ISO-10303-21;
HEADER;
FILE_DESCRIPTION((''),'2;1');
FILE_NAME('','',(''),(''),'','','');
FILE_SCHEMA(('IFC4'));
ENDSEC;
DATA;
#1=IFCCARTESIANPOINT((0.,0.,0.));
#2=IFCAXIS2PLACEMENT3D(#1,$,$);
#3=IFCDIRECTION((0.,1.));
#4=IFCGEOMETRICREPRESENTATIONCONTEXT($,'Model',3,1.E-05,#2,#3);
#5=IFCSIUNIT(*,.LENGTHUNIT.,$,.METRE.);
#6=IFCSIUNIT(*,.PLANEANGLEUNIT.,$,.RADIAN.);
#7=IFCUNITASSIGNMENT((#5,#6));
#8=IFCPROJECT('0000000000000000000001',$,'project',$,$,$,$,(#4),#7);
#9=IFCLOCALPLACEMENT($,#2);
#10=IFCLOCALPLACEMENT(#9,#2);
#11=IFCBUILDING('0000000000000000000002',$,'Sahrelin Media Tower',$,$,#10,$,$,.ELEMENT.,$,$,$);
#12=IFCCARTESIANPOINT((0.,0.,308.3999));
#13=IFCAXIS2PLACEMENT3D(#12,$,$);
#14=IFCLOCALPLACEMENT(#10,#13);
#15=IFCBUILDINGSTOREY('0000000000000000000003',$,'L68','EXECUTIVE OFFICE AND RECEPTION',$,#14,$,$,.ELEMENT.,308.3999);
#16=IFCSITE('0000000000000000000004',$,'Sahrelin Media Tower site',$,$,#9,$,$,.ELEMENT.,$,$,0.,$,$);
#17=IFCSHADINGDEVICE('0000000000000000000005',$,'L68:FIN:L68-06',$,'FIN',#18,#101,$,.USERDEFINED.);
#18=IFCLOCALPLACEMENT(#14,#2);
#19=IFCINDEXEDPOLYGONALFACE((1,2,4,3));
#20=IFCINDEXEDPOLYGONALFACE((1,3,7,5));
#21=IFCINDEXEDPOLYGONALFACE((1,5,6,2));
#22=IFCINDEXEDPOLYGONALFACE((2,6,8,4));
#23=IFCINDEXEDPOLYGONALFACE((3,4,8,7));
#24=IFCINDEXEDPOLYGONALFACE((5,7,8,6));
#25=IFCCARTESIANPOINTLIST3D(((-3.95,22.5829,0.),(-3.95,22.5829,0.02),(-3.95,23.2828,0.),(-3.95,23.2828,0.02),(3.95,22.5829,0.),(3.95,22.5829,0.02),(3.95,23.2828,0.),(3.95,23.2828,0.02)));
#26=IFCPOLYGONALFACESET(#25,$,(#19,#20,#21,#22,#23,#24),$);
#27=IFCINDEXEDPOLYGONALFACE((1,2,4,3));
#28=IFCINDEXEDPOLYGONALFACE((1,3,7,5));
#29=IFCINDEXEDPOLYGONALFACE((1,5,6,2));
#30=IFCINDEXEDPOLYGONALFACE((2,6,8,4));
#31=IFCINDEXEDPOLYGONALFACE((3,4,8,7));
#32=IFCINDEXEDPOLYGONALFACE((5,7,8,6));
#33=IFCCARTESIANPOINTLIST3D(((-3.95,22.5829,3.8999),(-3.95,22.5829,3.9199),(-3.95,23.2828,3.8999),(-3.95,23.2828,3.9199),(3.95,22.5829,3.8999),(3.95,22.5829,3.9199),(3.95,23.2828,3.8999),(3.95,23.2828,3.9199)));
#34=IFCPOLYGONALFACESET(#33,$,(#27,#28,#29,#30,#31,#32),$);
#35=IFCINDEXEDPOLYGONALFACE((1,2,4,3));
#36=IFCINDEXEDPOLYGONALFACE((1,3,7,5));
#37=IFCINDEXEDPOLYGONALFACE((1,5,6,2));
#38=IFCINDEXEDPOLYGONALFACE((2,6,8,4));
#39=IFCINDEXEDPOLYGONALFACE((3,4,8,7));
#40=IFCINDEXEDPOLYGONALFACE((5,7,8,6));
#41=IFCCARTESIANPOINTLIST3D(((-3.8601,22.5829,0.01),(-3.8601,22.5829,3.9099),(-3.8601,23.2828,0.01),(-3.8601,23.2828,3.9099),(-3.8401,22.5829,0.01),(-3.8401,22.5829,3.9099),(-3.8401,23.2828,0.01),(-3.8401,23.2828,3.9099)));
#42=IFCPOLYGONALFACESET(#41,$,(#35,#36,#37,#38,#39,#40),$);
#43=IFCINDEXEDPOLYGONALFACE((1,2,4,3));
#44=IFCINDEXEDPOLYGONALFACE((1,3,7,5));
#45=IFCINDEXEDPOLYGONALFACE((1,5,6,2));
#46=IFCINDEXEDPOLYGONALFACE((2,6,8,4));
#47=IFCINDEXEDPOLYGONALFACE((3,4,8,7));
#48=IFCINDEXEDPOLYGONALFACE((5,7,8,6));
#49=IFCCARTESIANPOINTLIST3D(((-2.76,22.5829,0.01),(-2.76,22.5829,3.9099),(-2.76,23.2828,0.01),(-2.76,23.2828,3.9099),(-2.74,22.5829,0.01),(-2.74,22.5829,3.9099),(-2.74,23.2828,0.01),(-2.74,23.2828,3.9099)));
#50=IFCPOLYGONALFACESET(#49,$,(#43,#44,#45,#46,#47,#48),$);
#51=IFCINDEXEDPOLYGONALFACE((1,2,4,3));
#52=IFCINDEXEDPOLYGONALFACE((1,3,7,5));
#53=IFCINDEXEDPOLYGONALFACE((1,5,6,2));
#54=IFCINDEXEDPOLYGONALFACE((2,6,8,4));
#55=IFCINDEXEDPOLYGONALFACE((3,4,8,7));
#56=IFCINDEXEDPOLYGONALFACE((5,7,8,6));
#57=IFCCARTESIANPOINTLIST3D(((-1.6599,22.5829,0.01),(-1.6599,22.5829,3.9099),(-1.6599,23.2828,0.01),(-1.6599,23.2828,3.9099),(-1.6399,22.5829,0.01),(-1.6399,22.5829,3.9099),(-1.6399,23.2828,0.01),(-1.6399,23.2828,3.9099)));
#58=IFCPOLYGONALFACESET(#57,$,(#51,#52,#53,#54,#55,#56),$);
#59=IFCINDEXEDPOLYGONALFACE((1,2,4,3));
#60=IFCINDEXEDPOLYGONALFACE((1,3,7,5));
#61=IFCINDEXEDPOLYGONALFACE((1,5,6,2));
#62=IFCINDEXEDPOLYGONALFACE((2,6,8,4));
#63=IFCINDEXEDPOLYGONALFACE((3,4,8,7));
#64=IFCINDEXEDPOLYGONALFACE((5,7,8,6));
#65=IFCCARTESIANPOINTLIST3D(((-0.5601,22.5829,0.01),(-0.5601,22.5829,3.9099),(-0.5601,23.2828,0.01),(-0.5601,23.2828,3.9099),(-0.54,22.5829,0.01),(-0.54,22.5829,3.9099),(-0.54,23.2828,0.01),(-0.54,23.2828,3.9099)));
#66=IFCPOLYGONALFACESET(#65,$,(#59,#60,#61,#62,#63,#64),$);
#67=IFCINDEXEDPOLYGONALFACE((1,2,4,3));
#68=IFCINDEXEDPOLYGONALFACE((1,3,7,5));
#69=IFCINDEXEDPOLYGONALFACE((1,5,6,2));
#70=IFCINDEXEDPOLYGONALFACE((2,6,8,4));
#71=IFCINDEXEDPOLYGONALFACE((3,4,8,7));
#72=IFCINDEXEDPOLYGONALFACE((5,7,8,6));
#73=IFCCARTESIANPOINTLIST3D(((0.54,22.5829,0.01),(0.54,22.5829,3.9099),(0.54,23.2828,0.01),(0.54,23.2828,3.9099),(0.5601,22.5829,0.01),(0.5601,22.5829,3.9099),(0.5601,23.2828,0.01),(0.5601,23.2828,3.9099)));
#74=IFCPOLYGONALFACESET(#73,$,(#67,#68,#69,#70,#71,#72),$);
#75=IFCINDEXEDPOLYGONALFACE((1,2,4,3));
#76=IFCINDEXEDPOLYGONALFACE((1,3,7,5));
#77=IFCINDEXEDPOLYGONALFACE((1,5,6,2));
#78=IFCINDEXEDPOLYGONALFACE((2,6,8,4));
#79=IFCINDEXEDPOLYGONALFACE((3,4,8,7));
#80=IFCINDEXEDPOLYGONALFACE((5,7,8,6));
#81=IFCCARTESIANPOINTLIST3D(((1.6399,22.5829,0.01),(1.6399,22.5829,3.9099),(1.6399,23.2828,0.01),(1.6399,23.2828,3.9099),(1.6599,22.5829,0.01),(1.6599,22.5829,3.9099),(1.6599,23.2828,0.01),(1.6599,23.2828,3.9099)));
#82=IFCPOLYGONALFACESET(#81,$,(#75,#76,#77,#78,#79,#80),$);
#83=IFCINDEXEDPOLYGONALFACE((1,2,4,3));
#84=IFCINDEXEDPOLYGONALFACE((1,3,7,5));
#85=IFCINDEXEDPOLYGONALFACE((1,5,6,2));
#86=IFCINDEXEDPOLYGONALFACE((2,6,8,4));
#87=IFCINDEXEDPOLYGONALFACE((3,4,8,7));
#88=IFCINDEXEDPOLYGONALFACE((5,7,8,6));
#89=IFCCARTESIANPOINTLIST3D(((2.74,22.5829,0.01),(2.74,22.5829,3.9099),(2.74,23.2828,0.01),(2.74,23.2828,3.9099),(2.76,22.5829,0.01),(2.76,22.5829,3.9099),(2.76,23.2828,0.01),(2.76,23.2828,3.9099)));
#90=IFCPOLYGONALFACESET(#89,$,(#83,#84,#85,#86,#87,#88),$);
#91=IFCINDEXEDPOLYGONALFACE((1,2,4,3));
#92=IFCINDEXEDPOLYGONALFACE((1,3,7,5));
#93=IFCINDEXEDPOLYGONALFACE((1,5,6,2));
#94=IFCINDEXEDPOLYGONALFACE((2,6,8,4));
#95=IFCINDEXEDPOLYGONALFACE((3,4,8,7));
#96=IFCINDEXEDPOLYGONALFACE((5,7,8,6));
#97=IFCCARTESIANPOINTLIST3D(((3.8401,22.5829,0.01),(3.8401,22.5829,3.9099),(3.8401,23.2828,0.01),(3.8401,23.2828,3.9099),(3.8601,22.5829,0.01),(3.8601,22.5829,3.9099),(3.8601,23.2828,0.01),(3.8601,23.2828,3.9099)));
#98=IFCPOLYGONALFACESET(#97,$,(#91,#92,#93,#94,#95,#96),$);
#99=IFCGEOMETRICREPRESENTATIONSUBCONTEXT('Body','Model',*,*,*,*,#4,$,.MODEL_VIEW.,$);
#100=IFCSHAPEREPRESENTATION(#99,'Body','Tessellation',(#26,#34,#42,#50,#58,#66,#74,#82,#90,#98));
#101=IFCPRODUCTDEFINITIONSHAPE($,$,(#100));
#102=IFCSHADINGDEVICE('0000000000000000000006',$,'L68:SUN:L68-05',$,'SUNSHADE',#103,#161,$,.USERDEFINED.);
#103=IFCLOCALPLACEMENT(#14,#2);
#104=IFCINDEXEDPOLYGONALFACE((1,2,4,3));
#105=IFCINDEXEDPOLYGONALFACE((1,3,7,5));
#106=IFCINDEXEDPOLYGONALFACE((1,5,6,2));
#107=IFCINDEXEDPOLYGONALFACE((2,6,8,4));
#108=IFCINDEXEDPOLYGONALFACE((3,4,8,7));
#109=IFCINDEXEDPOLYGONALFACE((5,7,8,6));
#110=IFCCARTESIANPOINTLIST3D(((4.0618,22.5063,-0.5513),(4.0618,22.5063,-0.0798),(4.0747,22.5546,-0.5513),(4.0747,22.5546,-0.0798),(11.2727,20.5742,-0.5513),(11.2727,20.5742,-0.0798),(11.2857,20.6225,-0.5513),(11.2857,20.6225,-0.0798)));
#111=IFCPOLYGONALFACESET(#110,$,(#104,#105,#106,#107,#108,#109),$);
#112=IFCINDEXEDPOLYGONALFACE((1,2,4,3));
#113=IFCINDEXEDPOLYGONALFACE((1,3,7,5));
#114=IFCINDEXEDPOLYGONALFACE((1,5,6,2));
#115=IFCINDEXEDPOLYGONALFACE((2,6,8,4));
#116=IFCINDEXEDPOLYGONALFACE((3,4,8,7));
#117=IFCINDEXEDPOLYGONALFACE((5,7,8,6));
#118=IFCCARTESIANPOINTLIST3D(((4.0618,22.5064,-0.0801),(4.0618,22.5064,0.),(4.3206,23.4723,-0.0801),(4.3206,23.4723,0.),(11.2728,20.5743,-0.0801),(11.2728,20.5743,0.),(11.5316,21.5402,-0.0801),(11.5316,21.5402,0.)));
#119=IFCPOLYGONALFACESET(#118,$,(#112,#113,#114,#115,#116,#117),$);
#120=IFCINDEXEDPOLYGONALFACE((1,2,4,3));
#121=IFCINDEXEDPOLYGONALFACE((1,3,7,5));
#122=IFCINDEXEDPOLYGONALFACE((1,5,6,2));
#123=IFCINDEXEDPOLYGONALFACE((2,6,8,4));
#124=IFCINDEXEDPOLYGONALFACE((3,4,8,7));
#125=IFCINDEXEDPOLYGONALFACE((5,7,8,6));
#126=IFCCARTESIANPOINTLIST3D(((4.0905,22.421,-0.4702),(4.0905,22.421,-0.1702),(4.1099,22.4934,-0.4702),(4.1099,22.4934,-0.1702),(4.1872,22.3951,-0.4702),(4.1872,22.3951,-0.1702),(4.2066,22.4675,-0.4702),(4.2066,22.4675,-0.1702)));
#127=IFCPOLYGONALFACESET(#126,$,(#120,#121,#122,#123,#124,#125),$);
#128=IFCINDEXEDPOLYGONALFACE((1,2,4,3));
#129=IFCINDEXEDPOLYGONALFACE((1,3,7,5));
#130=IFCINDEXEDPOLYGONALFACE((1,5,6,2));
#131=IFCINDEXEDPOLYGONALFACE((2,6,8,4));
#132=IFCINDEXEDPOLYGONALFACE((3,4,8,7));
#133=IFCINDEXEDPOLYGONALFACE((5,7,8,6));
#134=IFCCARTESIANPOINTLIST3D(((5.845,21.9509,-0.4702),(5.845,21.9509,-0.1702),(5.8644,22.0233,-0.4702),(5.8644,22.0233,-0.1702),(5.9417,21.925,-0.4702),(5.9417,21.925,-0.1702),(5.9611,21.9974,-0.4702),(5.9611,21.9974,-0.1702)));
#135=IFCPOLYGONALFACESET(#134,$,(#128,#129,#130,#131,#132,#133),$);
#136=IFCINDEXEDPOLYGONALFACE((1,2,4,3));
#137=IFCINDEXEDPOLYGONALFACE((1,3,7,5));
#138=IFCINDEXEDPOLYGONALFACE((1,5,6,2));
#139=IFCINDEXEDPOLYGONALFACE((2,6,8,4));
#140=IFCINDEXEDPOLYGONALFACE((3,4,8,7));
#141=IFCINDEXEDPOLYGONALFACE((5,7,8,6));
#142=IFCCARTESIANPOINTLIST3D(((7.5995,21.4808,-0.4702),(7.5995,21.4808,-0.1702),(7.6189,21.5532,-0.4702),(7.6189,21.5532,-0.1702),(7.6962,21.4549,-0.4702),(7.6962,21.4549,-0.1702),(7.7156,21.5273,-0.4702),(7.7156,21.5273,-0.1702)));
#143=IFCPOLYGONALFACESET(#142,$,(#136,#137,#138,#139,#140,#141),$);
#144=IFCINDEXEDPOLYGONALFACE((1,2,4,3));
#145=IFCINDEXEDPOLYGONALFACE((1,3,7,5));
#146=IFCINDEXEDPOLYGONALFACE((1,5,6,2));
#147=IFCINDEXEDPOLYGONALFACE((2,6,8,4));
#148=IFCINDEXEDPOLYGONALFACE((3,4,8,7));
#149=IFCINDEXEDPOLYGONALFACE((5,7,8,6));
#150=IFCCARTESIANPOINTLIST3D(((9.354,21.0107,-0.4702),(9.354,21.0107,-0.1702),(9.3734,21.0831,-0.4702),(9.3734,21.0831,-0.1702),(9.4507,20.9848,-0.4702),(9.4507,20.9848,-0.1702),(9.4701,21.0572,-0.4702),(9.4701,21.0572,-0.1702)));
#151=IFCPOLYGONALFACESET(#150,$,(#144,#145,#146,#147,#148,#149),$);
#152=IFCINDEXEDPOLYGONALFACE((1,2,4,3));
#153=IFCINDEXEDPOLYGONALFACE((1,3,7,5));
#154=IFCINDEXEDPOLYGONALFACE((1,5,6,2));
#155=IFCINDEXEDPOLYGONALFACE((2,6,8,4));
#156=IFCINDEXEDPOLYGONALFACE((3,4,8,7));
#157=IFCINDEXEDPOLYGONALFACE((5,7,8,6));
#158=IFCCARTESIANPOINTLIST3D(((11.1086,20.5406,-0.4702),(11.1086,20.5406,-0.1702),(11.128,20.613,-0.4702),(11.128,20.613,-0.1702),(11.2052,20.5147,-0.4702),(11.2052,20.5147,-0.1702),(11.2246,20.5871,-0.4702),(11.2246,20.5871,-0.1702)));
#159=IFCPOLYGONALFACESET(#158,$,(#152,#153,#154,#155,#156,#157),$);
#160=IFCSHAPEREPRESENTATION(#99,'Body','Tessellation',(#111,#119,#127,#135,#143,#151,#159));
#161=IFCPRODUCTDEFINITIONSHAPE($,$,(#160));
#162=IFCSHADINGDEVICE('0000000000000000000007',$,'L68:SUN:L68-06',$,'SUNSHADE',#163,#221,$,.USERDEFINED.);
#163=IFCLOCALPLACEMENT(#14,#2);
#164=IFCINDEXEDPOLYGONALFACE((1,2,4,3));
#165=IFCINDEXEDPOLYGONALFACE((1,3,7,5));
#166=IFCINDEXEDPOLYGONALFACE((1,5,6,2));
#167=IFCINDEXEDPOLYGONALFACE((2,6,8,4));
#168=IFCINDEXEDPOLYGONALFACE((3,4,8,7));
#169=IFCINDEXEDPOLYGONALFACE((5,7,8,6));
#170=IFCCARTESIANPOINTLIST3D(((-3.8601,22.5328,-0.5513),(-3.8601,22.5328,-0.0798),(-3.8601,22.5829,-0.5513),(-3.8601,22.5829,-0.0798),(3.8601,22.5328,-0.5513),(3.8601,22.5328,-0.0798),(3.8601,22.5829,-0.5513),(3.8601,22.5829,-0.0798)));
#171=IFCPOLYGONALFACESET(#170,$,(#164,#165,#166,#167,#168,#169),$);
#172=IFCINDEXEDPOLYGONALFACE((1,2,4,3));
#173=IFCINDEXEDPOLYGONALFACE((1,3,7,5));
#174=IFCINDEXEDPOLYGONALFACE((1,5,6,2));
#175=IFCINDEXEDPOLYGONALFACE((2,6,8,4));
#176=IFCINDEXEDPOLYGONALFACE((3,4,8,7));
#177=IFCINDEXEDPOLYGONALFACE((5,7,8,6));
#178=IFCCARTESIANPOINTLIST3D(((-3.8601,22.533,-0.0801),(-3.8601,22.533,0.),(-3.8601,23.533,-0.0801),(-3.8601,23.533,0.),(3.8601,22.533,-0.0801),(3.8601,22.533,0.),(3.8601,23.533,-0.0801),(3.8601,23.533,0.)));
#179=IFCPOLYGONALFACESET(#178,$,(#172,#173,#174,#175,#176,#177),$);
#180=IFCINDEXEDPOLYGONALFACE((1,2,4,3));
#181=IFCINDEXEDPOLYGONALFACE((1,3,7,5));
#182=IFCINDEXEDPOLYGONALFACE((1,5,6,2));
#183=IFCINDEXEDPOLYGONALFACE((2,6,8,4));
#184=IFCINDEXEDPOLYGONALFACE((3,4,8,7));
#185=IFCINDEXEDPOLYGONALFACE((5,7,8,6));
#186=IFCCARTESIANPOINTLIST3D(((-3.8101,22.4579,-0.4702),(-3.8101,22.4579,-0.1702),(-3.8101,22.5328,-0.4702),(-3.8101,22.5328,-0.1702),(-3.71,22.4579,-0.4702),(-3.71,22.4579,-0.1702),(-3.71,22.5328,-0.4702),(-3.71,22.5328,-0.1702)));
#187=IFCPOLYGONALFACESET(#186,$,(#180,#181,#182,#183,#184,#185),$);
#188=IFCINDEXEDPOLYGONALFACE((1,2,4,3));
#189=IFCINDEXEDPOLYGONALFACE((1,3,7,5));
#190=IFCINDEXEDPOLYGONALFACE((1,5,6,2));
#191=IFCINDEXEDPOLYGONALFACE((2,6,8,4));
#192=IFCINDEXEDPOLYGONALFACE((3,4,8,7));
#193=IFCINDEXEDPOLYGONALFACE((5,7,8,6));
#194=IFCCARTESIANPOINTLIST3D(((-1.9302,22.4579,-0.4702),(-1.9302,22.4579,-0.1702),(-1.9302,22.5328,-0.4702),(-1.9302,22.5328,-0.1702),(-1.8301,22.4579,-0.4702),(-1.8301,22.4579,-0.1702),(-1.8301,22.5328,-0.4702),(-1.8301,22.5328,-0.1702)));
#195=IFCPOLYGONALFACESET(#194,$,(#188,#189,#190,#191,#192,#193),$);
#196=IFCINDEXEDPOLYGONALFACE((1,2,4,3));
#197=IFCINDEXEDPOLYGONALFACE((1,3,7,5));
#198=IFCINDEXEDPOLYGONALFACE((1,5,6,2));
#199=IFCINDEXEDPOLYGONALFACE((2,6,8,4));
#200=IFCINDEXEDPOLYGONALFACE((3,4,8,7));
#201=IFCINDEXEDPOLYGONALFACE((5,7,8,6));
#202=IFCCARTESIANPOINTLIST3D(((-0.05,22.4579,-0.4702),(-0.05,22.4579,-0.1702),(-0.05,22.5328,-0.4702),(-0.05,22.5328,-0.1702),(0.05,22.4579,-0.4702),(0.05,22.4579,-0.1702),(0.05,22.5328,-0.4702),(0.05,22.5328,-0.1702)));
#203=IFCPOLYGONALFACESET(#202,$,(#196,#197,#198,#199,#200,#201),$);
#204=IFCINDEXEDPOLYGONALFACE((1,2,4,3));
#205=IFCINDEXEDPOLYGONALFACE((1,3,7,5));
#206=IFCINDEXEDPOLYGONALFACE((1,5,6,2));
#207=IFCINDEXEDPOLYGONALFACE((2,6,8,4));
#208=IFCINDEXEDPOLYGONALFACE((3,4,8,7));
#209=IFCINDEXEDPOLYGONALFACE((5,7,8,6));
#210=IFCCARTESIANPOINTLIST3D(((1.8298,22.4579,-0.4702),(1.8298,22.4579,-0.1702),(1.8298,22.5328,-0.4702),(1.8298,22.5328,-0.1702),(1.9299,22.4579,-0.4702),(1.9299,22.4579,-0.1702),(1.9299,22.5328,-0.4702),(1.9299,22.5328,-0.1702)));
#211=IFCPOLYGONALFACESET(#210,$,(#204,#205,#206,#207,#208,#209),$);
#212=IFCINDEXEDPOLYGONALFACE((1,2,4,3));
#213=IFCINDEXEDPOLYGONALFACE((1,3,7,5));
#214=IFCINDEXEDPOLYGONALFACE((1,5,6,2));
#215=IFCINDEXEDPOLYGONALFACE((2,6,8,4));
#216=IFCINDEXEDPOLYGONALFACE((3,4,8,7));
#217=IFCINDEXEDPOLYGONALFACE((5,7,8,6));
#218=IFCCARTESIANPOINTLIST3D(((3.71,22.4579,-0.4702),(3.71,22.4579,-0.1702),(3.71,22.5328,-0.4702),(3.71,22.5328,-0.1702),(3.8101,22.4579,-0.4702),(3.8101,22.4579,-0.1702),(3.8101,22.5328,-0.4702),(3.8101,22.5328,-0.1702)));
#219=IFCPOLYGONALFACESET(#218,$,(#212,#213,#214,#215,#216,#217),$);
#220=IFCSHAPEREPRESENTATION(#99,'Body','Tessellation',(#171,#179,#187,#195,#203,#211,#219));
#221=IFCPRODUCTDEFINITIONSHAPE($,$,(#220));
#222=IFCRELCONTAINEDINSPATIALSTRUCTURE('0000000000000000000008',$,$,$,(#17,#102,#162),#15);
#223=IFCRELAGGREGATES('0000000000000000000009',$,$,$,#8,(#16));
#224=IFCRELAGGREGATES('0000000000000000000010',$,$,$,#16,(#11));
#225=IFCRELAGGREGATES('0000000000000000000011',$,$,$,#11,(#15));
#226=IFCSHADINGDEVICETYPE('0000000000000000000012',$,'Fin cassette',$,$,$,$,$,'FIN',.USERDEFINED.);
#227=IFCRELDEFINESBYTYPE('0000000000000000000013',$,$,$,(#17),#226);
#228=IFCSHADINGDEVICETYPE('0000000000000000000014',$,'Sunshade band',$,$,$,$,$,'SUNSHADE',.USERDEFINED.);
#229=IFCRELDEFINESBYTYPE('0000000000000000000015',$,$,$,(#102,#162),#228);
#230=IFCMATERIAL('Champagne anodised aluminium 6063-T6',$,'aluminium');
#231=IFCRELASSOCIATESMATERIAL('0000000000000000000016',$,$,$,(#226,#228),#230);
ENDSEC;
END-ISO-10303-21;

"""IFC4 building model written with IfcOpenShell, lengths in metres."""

from ifc_helpers import new_model, si_unit, direction, frame, origin, origin_2d, place, context, subcontext, project, spatial, rectangle, extrude, material, type_object, element, save


model = new_model("IFC4")

# Units and contexts
model_context = context("Model", 3, precision=1e-05, world=origin(), true_north=direction((0.0, 1.0)))
body_context = subcontext(model_context, "Body", "Model", "MODEL_VIEW")
ifc_project = project(units=[si_unit("LENGTHUNIT", "METRE"), si_unit("PLANEANGLEUNIT", "RADIAN")], contexts=[model_context])

# Site, building, storey
site_placement = place(None, origin())
site = spatial("IfcSite", under=ifc_project, at=site_placement, Name="Sahrelin Media Tower site", CompositionType="ELEMENT", RefElevation=0.0)
building_placement = place(site_placement, origin())
building = spatial("IfcBuilding", under=site, at=building_placement, Name="Sahrelin Media Tower", CompositionType="ELEMENT")
storey_placement = place(building_placement, frame((0.0, 0.0, 308.3999)))
storey = spatial("IfcBuildingStorey", under=building, at=storey_placement, Name="L68", Description="EXECUTIVE OFFICE AND RECEPTION", CompositionType="ELEMENT", Elevation=308.3999)

# Shared definitions
ifc_material_1 = material(Name="Champagne anodised aluminium 6063-T6", Category="aluminium")
placement_1 = place(storey_placement, frame((0.0, 22.5129, 0.0), z_axis=(0.0, 0.0, 1.0), x_axis=(1.0, 0.0, 0.0)))

# Shading devices
shading_device_type_1 = type_object("IfcShadingDeviceType", Name="Fin cassette", ElementType="FIN", PredefinedType="USERDEFINED", material=ifc_material_1)
placement_2 = place(storey_placement, frame((7.6621, 21.521, 0.0), z_axis=(0.0, 0.0, 1.0), x_axis=(0.965929, -0.258808, 0.0)))
element("IfcShadingDevice", 1, at=placement_1, inside=storey, type_object=shading_device_type_1, Name="L68:FIN:L68-06", ObjectType="FIN", PredefinedType="USERDEFINED", context=body_context, shape_type="SweptSolid", body=[
    extrude(rectangle(XDim=7.8999, YDim=0.7, at=origin_2d()), frame((0.0, 0.4199, 0.0)), (0.0, 0.0, 1.0), 0.02),
    extrude(rectangle(XDim=7.8999, YDim=0.7, at=origin_2d()), frame((0.0, 0.4199, 3.8999)), (0.0, 0.0, 1.0), 0.02),
    extrude(rectangle(XDim=0.02, YDim=0.7, at=origin_2d()), frame((-3.8501, 0.4199, 0.01), z_axis=(0.0, 0.0, 1.0), x_axis=(1.0, 0.0, 0.0)), (0.0, 0.0, 1.0), 3.8999),
    extrude(rectangle(XDim=0.02, YDim=0.7, at=origin_2d()), frame((-2.75, 0.4199, 0.01), z_axis=(0.0, 0.0, 1.0), x_axis=(1.0, 0.0, 0.0)), (0.0, 0.0, 1.0), 3.8999),
    extrude(rectangle(XDim=0.02, YDim=0.7, at=origin_2d()), frame((-1.6499, 0.4199, 0.01), z_axis=(0.0, 0.0, 1.0), x_axis=(1.0, 0.0, 0.0)), (0.0, 0.0, 1.0), 3.8999),
    extrude(rectangle(XDim=0.02, YDim=0.7, at=origin_2d()), frame((-0.55, 0.4199, 0.01), z_axis=(0.0, 0.0, 1.0), x_axis=(1.0, 0.0, 0.0)), (0.0, 0.0, 1.0), 3.8999),
    extrude(rectangle(XDim=0.02, YDim=0.7, at=origin_2d()), frame((0.55, 0.4199, 0.01), z_axis=(0.0, 0.0, 1.0), x_axis=(1.0, 0.0, 0.0)), (0.0, 0.0, 1.0), 3.8999),
    extrude(rectangle(XDim=0.02, YDim=0.7, at=origin_2d()), frame((1.6499, 0.4199, 0.01), z_axis=(0.0, 0.0, 1.0), x_axis=(1.0, 0.0, 0.0)), (0.0, 0.0, 1.0), 3.8999),
    extrude(rectangle(XDim=0.02, YDim=0.7, at=origin_2d()), frame((2.75, 0.4199, 0.01), z_axis=(0.0, 0.0, 1.0), x_axis=(1.0, 0.0, 0.0)), (0.0, 0.0, 1.0), 3.8999),
    extrude(rectangle(XDim=0.02, YDim=0.7, at=origin_2d()), frame((3.8501, 0.4199, 0.01), z_axis=(0.0, 0.0, 1.0), x_axis=(1.0, 0.0, 0.0)), (0.0, 0.0, 1.0), 3.8999),
])
shading_device_type_2 = type_object("IfcShadingDeviceType", Name="Sunshade band", ElementType="SUNSHADE", PredefinedType="USERDEFINED", material=ifc_material_1)
element("IfcShadingDevice", 2, at=placement_2, inside=storey, type_object=shading_device_type_2, Name="L68:SUN:L68-05", ObjectType="SUNSHADE", PredefinedType="USERDEFINED", context=body_context, shape_type="SweptSolid", body=[
    extrude(rectangle(XDim=7.4653, YDim=0.05, at=origin_2d()), frame((0.0, 0.0449, -0.5513)), (0.0, 0.0, 1.0), 0.4714),
    extrude(rectangle(XDim=7.4653, YDim=1.0, at=origin_2d()), frame((0.0, 0.52, -0.0801)), (0.0, 0.0, 1.0), 0.0801),
    extrude(rectangle(XDim=0.1001, YDim=0.075, at=origin_2d()), frame((-3.6328, -0.0176, -0.4702)), (0.0, 0.0, 1.0), 0.3),
    extrude(rectangle(XDim=0.1001, YDim=0.075, at=origin_2d()), frame((-1.8164, -0.0176, -0.4702)), (0.0, 0.0, 1.0), 0.3),
    extrude(rectangle(XDim=0.1001, YDim=0.075, at=origin_2d()), frame((0.0, -0.0176, -0.4702)), (0.0, 0.0, 1.0), 0.3),
    extrude(rectangle(XDim=0.1001, YDim=0.075, at=origin_2d()), frame((1.8164, -0.0176, -0.4702)), (0.0, 0.0, 1.0), 0.3),
    extrude(rectangle(XDim=0.1001, YDim=0.075, at=origin_2d()), frame((3.6328, -0.0176, -0.4702)), (0.0, 0.0, 1.0), 0.3),
])
element("IfcShadingDevice", 3, at=placement_1, inside=storey, type_object=shading_device_type_2, Name="L68:SUN:L68-06", ObjectType="SUNSHADE", PredefinedType="USERDEFINED", context=body_context, shape_type="SweptSolid", body=[
    extrude(rectangle(XDim=7.7202, YDim=0.05, at=origin_2d()), frame((0.0, 0.0449, -0.5513)), (0.0, 0.0, 1.0), 0.4714),
    extrude(rectangle(XDim=7.7202, YDim=1.0, at=origin_2d()), frame((0.0, 0.52, -0.0801)), (0.0, 0.0, 1.0), 0.0801),
    extrude(rectangle(XDim=0.1001, YDim=0.075, at=origin_2d()), frame((-3.76, -0.0176, -0.4702)), (0.0, 0.0, 1.0), 0.3),
    extrude(rectangle(XDim=0.1001, YDim=0.075, at=origin_2d()), frame((-1.8801, -0.0176, -0.4702)), (0.0, 0.0, 1.0), 0.3),
    extrude(rectangle(XDim=0.1001, YDim=0.075, at=origin_2d()), frame((0.0, -0.0176, -0.4702)), (0.0, 0.0, 1.0), 0.3),
    extrude(rectangle(XDim=0.1001, YDim=0.075, at=origin_2d()), frame((1.8799, -0.0176, -0.4702)), (0.0, 0.0, 1.0), 0.3),
    extrude(rectangle(XDim=0.1001, YDim=0.075, at=origin_2d()), frame((3.76, -0.0176, -0.4702)), (0.0, 0.0, 1.0), 0.3),
])

save(model, "model.ifc")
